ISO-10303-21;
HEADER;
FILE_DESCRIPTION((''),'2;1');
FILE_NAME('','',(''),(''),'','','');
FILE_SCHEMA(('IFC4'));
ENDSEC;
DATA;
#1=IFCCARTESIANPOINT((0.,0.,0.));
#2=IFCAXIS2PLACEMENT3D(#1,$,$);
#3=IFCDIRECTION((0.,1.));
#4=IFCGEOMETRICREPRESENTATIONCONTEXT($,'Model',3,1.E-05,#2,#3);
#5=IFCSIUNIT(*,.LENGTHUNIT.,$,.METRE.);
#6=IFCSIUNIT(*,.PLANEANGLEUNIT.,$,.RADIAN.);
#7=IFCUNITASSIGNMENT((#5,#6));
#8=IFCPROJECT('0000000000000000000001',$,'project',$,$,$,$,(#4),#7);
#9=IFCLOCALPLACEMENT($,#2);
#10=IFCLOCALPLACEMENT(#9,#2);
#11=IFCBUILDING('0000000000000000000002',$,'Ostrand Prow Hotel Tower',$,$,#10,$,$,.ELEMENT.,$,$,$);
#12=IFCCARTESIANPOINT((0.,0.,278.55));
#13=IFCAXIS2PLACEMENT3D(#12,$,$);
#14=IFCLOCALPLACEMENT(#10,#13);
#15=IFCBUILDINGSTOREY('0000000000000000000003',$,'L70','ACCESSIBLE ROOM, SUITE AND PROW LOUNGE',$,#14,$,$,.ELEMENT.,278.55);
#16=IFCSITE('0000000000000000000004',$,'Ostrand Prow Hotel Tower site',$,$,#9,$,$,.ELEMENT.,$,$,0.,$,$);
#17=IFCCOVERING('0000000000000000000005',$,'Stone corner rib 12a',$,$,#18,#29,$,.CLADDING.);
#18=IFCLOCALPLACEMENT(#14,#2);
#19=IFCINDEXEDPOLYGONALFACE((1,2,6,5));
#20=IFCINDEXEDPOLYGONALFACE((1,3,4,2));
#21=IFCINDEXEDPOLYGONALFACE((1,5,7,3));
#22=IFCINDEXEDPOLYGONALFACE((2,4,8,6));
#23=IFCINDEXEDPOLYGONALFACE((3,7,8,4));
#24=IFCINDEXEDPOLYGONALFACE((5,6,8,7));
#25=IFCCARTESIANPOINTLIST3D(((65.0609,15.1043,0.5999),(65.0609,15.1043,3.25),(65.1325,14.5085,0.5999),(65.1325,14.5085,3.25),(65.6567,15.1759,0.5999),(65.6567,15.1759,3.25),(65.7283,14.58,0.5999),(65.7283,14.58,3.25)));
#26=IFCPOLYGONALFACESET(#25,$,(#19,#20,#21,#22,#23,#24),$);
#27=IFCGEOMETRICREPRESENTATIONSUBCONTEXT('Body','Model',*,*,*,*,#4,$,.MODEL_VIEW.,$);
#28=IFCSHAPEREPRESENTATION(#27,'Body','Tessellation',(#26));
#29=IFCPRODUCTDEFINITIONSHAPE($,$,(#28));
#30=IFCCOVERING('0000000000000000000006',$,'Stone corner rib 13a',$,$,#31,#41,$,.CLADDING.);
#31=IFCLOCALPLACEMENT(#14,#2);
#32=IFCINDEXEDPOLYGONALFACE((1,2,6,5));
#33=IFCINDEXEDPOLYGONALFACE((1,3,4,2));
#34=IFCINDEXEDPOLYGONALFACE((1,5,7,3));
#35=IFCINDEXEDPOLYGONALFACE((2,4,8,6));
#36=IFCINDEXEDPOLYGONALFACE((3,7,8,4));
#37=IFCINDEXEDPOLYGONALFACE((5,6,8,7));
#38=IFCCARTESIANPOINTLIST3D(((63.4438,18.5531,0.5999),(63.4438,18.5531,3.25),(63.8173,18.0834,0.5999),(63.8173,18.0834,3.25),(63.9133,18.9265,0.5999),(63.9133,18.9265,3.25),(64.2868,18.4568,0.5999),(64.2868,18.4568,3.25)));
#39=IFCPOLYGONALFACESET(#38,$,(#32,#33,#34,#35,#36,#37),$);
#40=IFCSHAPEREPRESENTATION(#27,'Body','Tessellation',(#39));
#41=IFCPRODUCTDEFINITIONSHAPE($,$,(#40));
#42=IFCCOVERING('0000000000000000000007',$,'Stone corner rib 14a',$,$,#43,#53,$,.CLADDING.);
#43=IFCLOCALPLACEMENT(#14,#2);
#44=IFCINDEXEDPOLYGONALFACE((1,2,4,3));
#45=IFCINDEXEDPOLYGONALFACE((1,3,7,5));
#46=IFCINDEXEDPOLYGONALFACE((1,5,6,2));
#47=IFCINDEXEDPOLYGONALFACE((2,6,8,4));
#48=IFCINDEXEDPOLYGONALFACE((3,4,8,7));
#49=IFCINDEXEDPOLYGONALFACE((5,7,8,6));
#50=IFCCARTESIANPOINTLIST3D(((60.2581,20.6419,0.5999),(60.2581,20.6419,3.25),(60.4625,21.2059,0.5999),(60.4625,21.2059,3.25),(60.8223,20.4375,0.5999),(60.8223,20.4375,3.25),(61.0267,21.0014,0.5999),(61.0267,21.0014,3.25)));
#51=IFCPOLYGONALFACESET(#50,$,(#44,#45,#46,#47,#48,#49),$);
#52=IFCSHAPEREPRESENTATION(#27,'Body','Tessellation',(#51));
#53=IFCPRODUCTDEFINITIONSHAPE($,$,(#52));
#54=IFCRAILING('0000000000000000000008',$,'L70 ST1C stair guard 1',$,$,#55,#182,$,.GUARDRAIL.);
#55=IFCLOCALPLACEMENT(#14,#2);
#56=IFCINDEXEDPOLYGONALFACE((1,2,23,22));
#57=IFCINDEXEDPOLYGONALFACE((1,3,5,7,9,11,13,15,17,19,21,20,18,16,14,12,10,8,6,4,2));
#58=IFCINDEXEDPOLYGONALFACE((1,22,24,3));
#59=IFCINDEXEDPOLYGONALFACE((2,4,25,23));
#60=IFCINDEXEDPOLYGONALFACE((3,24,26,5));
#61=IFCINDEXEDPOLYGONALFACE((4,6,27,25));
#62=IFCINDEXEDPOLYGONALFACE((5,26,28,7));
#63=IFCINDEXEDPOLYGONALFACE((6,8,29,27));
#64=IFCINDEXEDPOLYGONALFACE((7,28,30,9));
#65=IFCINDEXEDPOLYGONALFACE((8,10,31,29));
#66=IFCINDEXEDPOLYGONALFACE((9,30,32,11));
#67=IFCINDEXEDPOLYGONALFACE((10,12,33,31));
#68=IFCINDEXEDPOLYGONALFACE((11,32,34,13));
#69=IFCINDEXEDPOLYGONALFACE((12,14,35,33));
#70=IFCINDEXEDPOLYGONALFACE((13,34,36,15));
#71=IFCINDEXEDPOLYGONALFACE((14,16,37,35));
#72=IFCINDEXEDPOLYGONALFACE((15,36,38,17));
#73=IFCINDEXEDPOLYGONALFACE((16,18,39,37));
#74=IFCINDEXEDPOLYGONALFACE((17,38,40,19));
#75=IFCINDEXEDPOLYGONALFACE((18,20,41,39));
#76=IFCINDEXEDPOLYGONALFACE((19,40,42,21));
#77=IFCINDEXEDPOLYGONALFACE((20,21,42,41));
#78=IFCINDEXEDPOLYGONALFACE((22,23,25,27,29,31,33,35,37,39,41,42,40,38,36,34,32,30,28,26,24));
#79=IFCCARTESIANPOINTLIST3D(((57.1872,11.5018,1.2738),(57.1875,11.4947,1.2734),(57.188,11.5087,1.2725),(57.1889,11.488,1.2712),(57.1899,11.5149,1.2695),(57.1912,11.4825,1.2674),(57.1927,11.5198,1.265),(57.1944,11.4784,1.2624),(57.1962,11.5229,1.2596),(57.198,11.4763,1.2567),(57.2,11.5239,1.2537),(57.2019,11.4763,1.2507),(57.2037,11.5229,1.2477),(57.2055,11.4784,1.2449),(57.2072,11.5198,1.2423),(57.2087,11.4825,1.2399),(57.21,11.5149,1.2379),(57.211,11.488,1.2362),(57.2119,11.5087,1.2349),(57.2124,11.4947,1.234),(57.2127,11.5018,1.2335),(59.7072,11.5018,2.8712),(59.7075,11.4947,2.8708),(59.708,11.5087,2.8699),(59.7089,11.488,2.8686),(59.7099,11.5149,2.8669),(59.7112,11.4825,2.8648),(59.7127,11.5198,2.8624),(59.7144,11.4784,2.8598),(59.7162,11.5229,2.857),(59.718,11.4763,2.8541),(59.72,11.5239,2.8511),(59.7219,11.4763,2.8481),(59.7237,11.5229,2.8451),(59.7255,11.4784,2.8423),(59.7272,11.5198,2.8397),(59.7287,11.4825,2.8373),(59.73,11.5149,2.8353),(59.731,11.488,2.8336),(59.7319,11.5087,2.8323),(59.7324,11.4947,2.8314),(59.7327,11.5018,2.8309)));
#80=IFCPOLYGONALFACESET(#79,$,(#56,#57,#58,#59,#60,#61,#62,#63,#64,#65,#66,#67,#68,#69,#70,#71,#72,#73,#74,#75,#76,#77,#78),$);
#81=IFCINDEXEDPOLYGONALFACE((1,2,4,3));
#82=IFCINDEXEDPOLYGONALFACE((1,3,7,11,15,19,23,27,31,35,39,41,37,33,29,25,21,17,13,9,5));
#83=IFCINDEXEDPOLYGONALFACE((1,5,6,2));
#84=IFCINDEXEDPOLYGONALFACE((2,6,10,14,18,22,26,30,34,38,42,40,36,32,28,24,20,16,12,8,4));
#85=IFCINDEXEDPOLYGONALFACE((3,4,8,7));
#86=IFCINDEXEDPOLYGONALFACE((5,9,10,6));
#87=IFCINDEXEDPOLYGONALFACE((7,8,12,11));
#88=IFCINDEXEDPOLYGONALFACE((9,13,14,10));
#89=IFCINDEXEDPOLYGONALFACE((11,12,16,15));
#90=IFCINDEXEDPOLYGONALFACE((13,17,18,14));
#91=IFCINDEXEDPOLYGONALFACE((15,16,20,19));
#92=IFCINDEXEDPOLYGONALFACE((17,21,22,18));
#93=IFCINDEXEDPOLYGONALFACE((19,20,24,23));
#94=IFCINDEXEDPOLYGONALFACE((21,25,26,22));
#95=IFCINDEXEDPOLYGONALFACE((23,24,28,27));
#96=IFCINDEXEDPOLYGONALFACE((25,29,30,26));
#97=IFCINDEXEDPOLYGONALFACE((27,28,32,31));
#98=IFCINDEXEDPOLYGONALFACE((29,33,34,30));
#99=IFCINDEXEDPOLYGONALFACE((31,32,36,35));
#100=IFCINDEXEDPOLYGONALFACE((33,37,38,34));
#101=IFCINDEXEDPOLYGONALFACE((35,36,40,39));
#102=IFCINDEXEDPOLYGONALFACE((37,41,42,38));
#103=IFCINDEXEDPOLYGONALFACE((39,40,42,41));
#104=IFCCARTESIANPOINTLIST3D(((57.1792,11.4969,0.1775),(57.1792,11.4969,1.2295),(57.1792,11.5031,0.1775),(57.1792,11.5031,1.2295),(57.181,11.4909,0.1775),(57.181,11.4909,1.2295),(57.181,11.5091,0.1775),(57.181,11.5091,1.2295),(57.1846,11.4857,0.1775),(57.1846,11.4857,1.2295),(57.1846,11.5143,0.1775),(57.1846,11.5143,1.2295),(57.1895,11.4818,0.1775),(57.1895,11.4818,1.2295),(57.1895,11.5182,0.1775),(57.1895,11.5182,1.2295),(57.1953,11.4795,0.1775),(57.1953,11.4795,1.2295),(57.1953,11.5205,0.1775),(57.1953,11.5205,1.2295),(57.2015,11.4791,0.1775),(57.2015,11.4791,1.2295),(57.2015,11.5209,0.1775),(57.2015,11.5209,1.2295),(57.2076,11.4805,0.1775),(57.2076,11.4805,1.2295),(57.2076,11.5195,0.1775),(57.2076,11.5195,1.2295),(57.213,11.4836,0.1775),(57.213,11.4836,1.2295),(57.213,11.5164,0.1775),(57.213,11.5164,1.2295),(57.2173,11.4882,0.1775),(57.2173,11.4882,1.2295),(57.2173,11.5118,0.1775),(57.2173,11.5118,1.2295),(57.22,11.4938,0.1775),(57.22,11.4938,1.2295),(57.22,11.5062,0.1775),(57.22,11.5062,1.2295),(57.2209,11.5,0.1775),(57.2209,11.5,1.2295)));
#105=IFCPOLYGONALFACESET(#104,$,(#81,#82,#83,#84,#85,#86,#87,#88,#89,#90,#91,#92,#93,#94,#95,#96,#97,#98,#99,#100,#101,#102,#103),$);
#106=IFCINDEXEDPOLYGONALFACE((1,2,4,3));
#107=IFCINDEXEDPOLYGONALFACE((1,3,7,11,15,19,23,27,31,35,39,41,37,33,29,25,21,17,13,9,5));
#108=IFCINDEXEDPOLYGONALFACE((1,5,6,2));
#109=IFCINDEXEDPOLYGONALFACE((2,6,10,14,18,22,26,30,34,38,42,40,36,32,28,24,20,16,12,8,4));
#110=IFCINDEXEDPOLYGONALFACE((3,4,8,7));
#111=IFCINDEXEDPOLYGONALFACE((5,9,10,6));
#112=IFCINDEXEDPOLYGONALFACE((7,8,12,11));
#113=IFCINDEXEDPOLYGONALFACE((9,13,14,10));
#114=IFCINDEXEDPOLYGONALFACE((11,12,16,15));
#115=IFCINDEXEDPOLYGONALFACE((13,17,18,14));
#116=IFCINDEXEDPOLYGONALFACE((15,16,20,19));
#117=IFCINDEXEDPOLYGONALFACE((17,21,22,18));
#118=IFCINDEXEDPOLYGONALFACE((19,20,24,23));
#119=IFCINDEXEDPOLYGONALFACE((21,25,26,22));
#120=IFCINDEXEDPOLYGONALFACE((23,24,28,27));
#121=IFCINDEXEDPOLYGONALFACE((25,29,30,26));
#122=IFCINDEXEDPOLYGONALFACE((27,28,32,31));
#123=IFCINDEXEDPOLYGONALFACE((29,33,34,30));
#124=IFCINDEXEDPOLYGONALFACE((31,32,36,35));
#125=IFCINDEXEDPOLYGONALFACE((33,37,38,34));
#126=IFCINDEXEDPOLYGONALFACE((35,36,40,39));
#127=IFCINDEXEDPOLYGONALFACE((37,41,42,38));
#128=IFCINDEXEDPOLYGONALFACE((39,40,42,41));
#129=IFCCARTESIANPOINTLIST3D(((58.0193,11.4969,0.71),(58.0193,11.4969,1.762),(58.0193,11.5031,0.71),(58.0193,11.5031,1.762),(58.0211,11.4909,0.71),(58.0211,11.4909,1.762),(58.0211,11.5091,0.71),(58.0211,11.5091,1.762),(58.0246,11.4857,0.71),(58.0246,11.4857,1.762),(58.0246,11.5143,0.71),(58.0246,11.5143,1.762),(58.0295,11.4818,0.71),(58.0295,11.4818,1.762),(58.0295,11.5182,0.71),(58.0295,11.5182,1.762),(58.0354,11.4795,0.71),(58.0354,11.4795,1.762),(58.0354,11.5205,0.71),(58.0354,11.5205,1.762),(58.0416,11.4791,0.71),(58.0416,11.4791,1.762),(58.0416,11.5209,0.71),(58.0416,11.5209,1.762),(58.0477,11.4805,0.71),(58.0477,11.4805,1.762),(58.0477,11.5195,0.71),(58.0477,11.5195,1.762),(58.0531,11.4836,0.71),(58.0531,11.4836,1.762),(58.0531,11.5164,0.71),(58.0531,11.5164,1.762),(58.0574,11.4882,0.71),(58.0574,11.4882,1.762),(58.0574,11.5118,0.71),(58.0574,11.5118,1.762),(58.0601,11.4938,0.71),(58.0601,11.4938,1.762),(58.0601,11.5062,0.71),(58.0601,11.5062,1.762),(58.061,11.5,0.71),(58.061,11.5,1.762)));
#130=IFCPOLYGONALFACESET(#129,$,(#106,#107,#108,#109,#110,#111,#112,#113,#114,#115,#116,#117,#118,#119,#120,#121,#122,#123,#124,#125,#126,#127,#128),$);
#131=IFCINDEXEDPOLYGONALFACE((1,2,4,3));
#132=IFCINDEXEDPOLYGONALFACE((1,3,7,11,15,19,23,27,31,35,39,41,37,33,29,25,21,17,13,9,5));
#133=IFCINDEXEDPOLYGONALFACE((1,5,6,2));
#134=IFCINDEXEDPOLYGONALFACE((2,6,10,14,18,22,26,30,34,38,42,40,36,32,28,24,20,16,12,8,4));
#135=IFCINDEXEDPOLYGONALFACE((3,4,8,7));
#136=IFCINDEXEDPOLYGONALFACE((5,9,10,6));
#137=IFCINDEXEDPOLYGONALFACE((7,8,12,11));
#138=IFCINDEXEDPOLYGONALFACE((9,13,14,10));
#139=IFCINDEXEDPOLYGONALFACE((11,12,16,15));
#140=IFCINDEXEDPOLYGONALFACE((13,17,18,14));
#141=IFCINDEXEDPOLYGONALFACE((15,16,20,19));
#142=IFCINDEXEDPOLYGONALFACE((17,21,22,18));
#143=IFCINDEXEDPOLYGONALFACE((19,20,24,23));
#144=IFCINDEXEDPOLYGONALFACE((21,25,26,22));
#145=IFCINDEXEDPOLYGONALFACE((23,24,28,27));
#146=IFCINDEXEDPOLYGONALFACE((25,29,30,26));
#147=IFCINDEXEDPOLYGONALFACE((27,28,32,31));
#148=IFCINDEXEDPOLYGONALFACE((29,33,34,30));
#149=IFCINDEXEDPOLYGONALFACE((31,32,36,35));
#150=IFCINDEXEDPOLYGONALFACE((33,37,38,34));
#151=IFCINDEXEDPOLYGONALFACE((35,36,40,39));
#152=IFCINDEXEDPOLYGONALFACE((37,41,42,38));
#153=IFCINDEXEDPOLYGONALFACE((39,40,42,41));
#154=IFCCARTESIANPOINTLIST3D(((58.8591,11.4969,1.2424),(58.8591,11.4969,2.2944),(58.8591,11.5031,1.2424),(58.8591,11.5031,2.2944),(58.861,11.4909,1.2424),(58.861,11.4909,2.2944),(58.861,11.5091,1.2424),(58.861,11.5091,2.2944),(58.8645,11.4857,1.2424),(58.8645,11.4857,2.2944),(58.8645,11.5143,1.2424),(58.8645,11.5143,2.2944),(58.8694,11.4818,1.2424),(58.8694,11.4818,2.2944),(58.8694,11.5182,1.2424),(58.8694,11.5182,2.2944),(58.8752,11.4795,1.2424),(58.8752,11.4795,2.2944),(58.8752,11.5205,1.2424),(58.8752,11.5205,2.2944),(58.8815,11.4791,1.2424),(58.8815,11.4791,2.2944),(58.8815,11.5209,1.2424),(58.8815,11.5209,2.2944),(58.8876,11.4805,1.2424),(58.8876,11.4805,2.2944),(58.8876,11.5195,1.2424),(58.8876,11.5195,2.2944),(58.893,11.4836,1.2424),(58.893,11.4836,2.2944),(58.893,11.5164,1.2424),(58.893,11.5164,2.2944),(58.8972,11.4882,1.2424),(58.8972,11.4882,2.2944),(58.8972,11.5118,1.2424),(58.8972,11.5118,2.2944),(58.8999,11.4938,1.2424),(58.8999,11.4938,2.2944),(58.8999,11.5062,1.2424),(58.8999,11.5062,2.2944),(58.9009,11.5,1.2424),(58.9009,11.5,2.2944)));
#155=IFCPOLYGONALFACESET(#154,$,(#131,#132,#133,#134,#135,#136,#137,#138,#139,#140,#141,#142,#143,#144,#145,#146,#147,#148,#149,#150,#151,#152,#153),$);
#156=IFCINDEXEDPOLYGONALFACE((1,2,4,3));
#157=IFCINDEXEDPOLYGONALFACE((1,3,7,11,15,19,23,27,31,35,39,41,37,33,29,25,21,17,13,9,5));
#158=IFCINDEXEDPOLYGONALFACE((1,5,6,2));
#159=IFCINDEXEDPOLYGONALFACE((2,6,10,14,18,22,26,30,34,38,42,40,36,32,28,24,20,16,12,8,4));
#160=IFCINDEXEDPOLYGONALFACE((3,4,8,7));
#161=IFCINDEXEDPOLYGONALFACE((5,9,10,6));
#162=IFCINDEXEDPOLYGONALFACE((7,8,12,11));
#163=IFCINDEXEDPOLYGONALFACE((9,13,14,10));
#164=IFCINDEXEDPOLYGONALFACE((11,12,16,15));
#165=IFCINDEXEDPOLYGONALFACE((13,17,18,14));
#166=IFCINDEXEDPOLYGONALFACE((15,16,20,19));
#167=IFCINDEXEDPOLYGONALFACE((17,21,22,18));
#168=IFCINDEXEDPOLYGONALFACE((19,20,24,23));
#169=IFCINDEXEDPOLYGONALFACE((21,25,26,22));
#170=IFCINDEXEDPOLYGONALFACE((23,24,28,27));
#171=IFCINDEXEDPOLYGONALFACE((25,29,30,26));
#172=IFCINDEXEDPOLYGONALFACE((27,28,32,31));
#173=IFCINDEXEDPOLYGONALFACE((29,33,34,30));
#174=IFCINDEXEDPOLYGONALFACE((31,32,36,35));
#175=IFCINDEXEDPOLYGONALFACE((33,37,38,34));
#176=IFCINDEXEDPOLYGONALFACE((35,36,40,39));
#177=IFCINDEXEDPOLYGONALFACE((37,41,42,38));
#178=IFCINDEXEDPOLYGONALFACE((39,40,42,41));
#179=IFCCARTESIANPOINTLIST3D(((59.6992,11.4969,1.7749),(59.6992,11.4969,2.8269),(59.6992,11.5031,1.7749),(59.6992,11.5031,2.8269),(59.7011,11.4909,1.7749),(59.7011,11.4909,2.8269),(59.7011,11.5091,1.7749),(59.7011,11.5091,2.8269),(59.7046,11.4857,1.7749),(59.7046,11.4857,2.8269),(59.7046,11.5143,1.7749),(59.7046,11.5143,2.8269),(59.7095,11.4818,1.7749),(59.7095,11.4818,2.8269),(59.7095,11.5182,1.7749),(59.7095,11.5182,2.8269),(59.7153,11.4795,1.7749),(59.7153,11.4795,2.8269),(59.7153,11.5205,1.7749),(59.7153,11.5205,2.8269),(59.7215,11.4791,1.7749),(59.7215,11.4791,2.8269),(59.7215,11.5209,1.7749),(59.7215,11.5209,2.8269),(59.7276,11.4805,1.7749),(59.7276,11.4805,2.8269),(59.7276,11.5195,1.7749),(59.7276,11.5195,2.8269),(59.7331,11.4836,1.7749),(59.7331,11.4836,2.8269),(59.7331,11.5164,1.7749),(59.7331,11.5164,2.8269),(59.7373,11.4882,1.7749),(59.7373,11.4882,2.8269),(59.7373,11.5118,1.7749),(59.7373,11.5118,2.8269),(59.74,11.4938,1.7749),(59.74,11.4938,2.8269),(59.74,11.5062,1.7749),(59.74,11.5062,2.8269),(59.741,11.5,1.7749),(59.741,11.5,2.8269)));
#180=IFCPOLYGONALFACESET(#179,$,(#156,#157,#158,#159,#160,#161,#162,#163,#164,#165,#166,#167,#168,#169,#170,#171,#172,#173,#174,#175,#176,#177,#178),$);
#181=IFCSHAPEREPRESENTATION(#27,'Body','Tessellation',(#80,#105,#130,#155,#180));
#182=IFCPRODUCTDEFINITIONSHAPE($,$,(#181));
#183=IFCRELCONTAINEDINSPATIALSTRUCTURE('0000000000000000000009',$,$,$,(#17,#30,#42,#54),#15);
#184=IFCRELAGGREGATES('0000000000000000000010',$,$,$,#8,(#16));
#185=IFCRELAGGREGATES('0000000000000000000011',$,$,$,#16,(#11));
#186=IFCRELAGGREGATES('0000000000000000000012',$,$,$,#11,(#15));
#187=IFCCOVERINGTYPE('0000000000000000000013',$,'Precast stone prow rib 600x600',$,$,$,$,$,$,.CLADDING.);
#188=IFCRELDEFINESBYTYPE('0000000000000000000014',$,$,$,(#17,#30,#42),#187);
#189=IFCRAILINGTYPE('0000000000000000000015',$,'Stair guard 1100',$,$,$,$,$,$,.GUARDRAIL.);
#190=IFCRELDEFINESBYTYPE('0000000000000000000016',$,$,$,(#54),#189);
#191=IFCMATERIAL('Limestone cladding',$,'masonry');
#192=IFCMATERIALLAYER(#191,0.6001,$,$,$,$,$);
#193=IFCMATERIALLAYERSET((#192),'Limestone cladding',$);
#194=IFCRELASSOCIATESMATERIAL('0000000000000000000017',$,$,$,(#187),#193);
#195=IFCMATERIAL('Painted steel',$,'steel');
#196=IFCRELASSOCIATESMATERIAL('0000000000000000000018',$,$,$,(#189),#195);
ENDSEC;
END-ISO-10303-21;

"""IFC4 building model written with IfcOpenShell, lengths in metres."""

from ifc_helpers import new_model, si_unit, direction, frame, frame_2d, origin, origin_2d, place, context, subcontext, project, spatial, rectangle, circle, extrude, material, layer, layer_set, type_object, element, save


model = new_model("IFC4")

# Units and contexts
model_context = context("Model", 3, precision=1e-05, world=origin(), true_north=direction((0.0, 1.0)))
body_context = subcontext(model_context, "Body", "Model", "MODEL_VIEW")
ifc_project = project(units=[si_unit("LENGTHUNIT", "METRE"), si_unit("PLANEANGLEUNIT", "RADIAN")], contexts=[model_context])

# Site, building, storey
site_placement = place(None, origin())
site = spatial("IfcSite", under=ifc_project, at=site_placement, Name="Ostrand Prow Hotel Tower site", CompositionType="ELEMENT", RefElevation=0.0)
building_placement = place(site_placement, origin())
building = spatial("IfcBuilding", under=site, at=building_placement, Name="Ostrand Prow Hotel Tower", CompositionType="ELEMENT")
storey_placement = place(building_placement, frame((0.0, 0.0, 278.55)))
storey = spatial("IfcBuildingStorey", under=building, at=storey_placement, Name="L70", Description="ACCESSIBLE ROOM, SUITE AND PROW LOUNGE", CompositionType="ELEMENT", Elevation=278.55)

# Coverings
ifc_material_1 = material(Name="Limestone cladding", Category="masonry")
ifc_layer_1 = layer(ifc_material_1, 0.6001)
ifc_layer_set_1 = layer_set([ifc_layer_1], Name="Limestone cladding")
covering_type = type_object("IfcCoveringType", Name="Precast stone prow rib 600x600", PredefinedType="CLADDING", material=ifc_layer_set_1)
covering_placement = place(storey_placement, frame((65.0967, 14.8064, 0.5999), z_axis=(0.0, 0.0, 1.0), x_axis=(0.992867, 0.119225, 0.0)))
element("IfcCovering", 1, at=covering_placement, inside=storey, type_object=covering_type, Name="Stone corner rib 12a", PredefinedType="CLADDING", context=body_context, shape_type="SweptSolid", body=[
    extrude(rectangle(XDim=0.6001, YDim=0.6001, at=frame_2d((0.3, 0.0))), origin(), (0.0, 0.0, 1.0), 2.6501),
])
for number, where, z_axis, x_axis, name in (
    (2, (63.6306, 18.3184, 0.5999), (0.0, 0.0, 1.0), (0.782732, 0.622359, 0.0), "Stone corner rib 13a"),
    (3, (60.5403, 20.5398, 0.5999), (0.0, 0.0, 1.0), (0.340664, 0.940185, 0.0), "Stone corner rib 14a"),
):
    element("IfcCovering", number, at=place(storey_placement, frame(where, z_axis=z_axis, x_axis=x_axis)), inside=storey, type_object=covering_type, Name=name, PredefinedType="CLADDING", context=body_context, shape_type="SweptSolid", body=[
        extrude(rectangle(XDim=0.5999, YDim=0.6001, at=frame_2d((0.2998, 0.0))), origin(), (0.0, 0.0, 1.0), 2.6501),
    ])

# Railing
ifc_material_2 = material(Name="Painted steel", Category="steel")
railing_type_1 = type_object("IfcRailingType", Name="Stair guard 1100", PredefinedType="GUARDRAIL", material=ifc_material_2)
railing_1_placement = place(storey_placement, frame((57.2, 11.5, 0.1775)))
element("IfcRailing", 4, at=railing_1_placement, inside=storey, type_object=railing_type_1, Name="L70 ST1C stair guard 1", PredefinedType="GUARDRAIL", context=body_context, shape_type="SweptSolid", body=[
    extrude(circle(Radius=0.0239, at=origin_2d()), frame((0.0, 0.0, 1.0762), z_axis=(0.844607, 0.0, 0.535387), x_axis=(0.0, 1.0, 0.0)), (0.0, 0.0, 1.0), 2.9836),
    extrude(circle(Radius=0.021, at=origin_2d()), origin(), (0.0, 0.0, 1.0), 1.052),
    extrude(circle(Radius=0.021, at=origin_2d()), frame((0.8401, 0.0, 0.5325)), (0.0, 0.0, 1.0), 1.052),
    extrude(circle(Radius=0.021, at=origin_2d()), frame((1.6799, 0.0, 1.0649)), (0.0, 0.0, 1.0), 1.052),
    extrude(circle(Radius=0.021, at=origin_2d()), frame((2.52, 0.0, 1.5974)), (0.0, 0.0, 1.0), 1.052),
])

save(model, "model.ifc")
